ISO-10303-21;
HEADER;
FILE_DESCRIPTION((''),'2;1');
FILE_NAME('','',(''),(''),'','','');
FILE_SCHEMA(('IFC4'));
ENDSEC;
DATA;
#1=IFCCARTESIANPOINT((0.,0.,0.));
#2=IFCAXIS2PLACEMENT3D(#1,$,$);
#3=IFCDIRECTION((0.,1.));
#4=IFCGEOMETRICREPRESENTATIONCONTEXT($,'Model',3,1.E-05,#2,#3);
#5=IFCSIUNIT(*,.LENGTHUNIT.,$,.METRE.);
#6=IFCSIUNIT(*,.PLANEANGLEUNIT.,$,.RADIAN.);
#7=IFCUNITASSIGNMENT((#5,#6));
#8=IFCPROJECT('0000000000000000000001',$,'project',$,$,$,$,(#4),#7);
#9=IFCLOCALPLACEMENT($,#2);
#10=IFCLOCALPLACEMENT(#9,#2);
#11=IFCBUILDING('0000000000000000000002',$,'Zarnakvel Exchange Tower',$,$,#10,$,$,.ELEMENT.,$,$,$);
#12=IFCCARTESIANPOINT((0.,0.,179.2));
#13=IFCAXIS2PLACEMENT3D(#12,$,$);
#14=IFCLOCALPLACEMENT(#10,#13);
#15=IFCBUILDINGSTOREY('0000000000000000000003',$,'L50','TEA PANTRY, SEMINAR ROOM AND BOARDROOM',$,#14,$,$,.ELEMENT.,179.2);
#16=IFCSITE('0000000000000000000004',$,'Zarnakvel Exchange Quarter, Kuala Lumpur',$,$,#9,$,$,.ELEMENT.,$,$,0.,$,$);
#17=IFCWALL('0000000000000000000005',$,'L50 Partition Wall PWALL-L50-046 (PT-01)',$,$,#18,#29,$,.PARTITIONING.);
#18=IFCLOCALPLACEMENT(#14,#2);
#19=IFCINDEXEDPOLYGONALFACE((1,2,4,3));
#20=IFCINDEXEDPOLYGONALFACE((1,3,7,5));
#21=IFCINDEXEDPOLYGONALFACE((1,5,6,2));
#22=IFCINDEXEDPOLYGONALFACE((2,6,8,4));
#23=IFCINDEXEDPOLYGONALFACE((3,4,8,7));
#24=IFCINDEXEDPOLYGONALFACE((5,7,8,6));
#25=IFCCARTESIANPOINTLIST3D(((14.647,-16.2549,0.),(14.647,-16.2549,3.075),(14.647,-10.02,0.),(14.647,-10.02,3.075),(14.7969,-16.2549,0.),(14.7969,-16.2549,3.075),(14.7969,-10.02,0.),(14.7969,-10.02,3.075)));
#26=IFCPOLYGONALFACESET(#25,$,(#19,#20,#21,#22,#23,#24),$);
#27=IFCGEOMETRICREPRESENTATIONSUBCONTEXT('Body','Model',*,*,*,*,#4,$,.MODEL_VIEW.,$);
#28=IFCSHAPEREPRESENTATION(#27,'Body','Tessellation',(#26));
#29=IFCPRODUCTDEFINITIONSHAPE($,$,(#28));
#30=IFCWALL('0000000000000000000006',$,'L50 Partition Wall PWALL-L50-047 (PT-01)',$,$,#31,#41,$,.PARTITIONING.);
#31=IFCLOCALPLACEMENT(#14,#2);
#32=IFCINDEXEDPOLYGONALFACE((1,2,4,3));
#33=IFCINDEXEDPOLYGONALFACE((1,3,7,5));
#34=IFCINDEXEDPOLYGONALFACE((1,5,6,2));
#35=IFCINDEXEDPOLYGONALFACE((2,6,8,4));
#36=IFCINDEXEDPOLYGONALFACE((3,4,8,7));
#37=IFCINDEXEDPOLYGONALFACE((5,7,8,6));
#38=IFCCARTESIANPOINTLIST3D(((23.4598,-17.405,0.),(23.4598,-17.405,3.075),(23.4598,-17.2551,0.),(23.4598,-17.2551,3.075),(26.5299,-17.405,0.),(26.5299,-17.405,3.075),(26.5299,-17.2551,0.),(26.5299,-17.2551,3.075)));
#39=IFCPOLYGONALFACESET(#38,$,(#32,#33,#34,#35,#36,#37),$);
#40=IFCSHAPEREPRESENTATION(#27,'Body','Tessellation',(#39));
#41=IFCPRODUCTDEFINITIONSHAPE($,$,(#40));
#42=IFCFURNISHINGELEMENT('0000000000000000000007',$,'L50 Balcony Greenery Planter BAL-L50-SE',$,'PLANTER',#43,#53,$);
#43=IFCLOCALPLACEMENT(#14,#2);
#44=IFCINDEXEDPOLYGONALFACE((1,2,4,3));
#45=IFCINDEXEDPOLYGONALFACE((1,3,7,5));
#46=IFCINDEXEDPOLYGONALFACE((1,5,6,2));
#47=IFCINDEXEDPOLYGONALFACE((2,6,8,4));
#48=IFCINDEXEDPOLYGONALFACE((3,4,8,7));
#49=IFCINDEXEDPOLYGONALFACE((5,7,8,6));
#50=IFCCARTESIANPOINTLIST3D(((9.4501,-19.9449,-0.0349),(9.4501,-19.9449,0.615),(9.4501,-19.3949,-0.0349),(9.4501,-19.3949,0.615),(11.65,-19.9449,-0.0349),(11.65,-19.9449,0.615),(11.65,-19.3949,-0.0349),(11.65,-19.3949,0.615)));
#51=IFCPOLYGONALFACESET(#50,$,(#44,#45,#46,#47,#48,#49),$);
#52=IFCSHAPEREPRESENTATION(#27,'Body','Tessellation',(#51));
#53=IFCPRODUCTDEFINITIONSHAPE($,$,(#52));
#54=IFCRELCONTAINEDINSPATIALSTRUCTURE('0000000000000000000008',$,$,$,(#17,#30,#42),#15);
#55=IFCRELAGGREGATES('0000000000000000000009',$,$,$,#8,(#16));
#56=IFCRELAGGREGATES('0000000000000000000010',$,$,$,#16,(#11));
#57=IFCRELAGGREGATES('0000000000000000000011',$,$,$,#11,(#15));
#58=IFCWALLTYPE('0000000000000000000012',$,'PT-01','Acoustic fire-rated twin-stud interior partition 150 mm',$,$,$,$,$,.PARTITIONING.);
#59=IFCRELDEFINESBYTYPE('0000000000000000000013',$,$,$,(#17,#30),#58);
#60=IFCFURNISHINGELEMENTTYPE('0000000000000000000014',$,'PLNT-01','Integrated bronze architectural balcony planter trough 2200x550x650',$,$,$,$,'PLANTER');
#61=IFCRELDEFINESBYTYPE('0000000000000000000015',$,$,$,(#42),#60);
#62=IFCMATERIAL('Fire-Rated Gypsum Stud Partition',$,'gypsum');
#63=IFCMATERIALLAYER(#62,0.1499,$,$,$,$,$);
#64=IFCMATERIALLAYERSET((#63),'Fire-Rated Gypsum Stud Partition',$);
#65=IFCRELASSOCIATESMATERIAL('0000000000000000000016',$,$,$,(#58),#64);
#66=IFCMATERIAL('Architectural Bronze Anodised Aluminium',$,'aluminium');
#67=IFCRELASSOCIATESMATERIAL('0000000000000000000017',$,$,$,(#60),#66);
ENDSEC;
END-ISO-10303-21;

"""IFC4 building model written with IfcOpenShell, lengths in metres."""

from ifc_helpers import new_model, si_unit, direction, frame, frame_2d, origin, origin_2d, place, context, subcontext, project, spatial, rectangle, extrude, source, transform, mapped, material, layer, layer_set, type_object, element, save


model = new_model("IFC4")

# Units and contexts
model_context = context("Model", 3, precision=1e-05, world=origin(), true_north=direction((0.0, 1.0)))
body_context = subcontext(model_context, "Body", "Model", "MODEL_VIEW")
ifc_project = project(units=[si_unit("LENGTHUNIT", "METRE"), si_unit("PLANEANGLEUNIT", "RADIAN")], contexts=[model_context])

# Site, building, storey
site_placement = place(None, origin())
site = spatial("IfcSite", under=ifc_project, at=site_placement, Name="Zarnakvel Exchange Quarter, Kuala Lumpur", CompositionType="ELEMENT", RefElevation=0.0)
building_placement = place(site_placement, origin())
building = spatial("IfcBuilding", under=site, at=building_placement, Name="Zarnakvel Exchange Tower", CompositionType="ELEMENT")
storey_placement = place(building_placement, frame((0.0, 0.0, 179.2)))
storey = spatial("IfcBuildingStorey", under=building, at=storey_placement, Name="L50", Description="TEA PANTRY, SEMINAR ROOM AND BOARDROOM", CompositionType="ELEMENT", Elevation=179.2)

# Shared definitions
ifc_material_1 = material(Name="Architectural Bronze Anodised Aluminium", Category="aluminium")

# Walls
ifc_material_2 = material(Name="Fire-Rated Gypsum Stud Partition", Category="gypsum")
ifc_layer_1 = layer(ifc_material_2, 0.1499)
ifc_layer_set_1 = layer_set([ifc_layer_1], Name="Fire-Rated Gypsum Stud Partition")
wall_type_1 = type_object("IfcWallType", Name="PT-01", Description="Acoustic fire-rated twin-stud interior partition 150 mm", PredefinedType="PARTITIONING", material=ifc_layer_set_1)
wall_1_placement = place(storey_placement, frame((14.7219, -10.02, 0.0), z_axis=(0.0, 0.0, 1.0), x_axis=(0.0, -1.0, 0.0)))
element("IfcWall", 1, at=wall_1_placement, inside=storey, type_object=wall_type_1, Name="L50 Partition Wall PWALL-L50-046 (PT-01)", PredefinedType="PARTITIONING", context=body_context, shape_type="SweptSolid", body=[
    extrude(rectangle(XDim=6.2349, YDim=0.1499, at=frame_2d((3.1174, 0.0))), origin(), (0.0, 0.0, 1.0), 3.075),
])
wall_2_placement = place(storey_placement, frame((26.53, -17.3301, 0.0), z_axis=(0.0, 0.0, 1.0), x_axis=(-1.0, 0.0, 0.0)))
element("IfcWall", 2, at=wall_2_placement, inside=storey, type_object=wall_type_1, Name="L50 Partition Wall PWALL-L50-047 (PT-01)", PredefinedType="PARTITIONING", context=body_context, shape_type="SweptSolid", body=[
    extrude(rectangle(XDim=3.0701, YDim=0.1499, at=frame_2d((1.5352, 0.0))), origin(), (0.0, 0.0, 1.0), 3.075),
])

# Furnishing element
furnishing_element_type = type_object("IfcFurnishingElementType", Name="PLNT-01", Description="Integrated bronze architectural balcony planter trough 2200x550x650", ElementType="PLANTER", material=ifc_material_1)
shared_shape_1 = source(origin(), body_context, "Body", "SweptSolid", [
    extrude(rectangle(XDim=2.2, YDim=0.55, at=origin_2d()), origin(), (0.0, 0.0, 1.0), 0.6499),
])
furnishing_placement = place(storey_placement, frame((10.55, -19.6699, -0.0349), z_axis=(0.0, 0.0, 1.0), x_axis=(1.0, 0.0, 0.0)))
element("IfcFurnishingElement", 3, at=furnishing_placement, inside=storey, type_object=furnishing_element_type, Name="L50 Balcony Greenery Planter BAL-L50-SE", ObjectType="PLANTER", context=body_context, shape_type="MappedRepresentation", body=[
    mapped(shared_shape_1, transform((0.0, 0.0, 0.0), x_axis=(1.0, 0.0, 0.0), y_axis=(0.0, 1.0, 0.0), z_axis=(0.0, 0.0, 1.0), scale=1.0)),
])

save(model, "model.ifc")
